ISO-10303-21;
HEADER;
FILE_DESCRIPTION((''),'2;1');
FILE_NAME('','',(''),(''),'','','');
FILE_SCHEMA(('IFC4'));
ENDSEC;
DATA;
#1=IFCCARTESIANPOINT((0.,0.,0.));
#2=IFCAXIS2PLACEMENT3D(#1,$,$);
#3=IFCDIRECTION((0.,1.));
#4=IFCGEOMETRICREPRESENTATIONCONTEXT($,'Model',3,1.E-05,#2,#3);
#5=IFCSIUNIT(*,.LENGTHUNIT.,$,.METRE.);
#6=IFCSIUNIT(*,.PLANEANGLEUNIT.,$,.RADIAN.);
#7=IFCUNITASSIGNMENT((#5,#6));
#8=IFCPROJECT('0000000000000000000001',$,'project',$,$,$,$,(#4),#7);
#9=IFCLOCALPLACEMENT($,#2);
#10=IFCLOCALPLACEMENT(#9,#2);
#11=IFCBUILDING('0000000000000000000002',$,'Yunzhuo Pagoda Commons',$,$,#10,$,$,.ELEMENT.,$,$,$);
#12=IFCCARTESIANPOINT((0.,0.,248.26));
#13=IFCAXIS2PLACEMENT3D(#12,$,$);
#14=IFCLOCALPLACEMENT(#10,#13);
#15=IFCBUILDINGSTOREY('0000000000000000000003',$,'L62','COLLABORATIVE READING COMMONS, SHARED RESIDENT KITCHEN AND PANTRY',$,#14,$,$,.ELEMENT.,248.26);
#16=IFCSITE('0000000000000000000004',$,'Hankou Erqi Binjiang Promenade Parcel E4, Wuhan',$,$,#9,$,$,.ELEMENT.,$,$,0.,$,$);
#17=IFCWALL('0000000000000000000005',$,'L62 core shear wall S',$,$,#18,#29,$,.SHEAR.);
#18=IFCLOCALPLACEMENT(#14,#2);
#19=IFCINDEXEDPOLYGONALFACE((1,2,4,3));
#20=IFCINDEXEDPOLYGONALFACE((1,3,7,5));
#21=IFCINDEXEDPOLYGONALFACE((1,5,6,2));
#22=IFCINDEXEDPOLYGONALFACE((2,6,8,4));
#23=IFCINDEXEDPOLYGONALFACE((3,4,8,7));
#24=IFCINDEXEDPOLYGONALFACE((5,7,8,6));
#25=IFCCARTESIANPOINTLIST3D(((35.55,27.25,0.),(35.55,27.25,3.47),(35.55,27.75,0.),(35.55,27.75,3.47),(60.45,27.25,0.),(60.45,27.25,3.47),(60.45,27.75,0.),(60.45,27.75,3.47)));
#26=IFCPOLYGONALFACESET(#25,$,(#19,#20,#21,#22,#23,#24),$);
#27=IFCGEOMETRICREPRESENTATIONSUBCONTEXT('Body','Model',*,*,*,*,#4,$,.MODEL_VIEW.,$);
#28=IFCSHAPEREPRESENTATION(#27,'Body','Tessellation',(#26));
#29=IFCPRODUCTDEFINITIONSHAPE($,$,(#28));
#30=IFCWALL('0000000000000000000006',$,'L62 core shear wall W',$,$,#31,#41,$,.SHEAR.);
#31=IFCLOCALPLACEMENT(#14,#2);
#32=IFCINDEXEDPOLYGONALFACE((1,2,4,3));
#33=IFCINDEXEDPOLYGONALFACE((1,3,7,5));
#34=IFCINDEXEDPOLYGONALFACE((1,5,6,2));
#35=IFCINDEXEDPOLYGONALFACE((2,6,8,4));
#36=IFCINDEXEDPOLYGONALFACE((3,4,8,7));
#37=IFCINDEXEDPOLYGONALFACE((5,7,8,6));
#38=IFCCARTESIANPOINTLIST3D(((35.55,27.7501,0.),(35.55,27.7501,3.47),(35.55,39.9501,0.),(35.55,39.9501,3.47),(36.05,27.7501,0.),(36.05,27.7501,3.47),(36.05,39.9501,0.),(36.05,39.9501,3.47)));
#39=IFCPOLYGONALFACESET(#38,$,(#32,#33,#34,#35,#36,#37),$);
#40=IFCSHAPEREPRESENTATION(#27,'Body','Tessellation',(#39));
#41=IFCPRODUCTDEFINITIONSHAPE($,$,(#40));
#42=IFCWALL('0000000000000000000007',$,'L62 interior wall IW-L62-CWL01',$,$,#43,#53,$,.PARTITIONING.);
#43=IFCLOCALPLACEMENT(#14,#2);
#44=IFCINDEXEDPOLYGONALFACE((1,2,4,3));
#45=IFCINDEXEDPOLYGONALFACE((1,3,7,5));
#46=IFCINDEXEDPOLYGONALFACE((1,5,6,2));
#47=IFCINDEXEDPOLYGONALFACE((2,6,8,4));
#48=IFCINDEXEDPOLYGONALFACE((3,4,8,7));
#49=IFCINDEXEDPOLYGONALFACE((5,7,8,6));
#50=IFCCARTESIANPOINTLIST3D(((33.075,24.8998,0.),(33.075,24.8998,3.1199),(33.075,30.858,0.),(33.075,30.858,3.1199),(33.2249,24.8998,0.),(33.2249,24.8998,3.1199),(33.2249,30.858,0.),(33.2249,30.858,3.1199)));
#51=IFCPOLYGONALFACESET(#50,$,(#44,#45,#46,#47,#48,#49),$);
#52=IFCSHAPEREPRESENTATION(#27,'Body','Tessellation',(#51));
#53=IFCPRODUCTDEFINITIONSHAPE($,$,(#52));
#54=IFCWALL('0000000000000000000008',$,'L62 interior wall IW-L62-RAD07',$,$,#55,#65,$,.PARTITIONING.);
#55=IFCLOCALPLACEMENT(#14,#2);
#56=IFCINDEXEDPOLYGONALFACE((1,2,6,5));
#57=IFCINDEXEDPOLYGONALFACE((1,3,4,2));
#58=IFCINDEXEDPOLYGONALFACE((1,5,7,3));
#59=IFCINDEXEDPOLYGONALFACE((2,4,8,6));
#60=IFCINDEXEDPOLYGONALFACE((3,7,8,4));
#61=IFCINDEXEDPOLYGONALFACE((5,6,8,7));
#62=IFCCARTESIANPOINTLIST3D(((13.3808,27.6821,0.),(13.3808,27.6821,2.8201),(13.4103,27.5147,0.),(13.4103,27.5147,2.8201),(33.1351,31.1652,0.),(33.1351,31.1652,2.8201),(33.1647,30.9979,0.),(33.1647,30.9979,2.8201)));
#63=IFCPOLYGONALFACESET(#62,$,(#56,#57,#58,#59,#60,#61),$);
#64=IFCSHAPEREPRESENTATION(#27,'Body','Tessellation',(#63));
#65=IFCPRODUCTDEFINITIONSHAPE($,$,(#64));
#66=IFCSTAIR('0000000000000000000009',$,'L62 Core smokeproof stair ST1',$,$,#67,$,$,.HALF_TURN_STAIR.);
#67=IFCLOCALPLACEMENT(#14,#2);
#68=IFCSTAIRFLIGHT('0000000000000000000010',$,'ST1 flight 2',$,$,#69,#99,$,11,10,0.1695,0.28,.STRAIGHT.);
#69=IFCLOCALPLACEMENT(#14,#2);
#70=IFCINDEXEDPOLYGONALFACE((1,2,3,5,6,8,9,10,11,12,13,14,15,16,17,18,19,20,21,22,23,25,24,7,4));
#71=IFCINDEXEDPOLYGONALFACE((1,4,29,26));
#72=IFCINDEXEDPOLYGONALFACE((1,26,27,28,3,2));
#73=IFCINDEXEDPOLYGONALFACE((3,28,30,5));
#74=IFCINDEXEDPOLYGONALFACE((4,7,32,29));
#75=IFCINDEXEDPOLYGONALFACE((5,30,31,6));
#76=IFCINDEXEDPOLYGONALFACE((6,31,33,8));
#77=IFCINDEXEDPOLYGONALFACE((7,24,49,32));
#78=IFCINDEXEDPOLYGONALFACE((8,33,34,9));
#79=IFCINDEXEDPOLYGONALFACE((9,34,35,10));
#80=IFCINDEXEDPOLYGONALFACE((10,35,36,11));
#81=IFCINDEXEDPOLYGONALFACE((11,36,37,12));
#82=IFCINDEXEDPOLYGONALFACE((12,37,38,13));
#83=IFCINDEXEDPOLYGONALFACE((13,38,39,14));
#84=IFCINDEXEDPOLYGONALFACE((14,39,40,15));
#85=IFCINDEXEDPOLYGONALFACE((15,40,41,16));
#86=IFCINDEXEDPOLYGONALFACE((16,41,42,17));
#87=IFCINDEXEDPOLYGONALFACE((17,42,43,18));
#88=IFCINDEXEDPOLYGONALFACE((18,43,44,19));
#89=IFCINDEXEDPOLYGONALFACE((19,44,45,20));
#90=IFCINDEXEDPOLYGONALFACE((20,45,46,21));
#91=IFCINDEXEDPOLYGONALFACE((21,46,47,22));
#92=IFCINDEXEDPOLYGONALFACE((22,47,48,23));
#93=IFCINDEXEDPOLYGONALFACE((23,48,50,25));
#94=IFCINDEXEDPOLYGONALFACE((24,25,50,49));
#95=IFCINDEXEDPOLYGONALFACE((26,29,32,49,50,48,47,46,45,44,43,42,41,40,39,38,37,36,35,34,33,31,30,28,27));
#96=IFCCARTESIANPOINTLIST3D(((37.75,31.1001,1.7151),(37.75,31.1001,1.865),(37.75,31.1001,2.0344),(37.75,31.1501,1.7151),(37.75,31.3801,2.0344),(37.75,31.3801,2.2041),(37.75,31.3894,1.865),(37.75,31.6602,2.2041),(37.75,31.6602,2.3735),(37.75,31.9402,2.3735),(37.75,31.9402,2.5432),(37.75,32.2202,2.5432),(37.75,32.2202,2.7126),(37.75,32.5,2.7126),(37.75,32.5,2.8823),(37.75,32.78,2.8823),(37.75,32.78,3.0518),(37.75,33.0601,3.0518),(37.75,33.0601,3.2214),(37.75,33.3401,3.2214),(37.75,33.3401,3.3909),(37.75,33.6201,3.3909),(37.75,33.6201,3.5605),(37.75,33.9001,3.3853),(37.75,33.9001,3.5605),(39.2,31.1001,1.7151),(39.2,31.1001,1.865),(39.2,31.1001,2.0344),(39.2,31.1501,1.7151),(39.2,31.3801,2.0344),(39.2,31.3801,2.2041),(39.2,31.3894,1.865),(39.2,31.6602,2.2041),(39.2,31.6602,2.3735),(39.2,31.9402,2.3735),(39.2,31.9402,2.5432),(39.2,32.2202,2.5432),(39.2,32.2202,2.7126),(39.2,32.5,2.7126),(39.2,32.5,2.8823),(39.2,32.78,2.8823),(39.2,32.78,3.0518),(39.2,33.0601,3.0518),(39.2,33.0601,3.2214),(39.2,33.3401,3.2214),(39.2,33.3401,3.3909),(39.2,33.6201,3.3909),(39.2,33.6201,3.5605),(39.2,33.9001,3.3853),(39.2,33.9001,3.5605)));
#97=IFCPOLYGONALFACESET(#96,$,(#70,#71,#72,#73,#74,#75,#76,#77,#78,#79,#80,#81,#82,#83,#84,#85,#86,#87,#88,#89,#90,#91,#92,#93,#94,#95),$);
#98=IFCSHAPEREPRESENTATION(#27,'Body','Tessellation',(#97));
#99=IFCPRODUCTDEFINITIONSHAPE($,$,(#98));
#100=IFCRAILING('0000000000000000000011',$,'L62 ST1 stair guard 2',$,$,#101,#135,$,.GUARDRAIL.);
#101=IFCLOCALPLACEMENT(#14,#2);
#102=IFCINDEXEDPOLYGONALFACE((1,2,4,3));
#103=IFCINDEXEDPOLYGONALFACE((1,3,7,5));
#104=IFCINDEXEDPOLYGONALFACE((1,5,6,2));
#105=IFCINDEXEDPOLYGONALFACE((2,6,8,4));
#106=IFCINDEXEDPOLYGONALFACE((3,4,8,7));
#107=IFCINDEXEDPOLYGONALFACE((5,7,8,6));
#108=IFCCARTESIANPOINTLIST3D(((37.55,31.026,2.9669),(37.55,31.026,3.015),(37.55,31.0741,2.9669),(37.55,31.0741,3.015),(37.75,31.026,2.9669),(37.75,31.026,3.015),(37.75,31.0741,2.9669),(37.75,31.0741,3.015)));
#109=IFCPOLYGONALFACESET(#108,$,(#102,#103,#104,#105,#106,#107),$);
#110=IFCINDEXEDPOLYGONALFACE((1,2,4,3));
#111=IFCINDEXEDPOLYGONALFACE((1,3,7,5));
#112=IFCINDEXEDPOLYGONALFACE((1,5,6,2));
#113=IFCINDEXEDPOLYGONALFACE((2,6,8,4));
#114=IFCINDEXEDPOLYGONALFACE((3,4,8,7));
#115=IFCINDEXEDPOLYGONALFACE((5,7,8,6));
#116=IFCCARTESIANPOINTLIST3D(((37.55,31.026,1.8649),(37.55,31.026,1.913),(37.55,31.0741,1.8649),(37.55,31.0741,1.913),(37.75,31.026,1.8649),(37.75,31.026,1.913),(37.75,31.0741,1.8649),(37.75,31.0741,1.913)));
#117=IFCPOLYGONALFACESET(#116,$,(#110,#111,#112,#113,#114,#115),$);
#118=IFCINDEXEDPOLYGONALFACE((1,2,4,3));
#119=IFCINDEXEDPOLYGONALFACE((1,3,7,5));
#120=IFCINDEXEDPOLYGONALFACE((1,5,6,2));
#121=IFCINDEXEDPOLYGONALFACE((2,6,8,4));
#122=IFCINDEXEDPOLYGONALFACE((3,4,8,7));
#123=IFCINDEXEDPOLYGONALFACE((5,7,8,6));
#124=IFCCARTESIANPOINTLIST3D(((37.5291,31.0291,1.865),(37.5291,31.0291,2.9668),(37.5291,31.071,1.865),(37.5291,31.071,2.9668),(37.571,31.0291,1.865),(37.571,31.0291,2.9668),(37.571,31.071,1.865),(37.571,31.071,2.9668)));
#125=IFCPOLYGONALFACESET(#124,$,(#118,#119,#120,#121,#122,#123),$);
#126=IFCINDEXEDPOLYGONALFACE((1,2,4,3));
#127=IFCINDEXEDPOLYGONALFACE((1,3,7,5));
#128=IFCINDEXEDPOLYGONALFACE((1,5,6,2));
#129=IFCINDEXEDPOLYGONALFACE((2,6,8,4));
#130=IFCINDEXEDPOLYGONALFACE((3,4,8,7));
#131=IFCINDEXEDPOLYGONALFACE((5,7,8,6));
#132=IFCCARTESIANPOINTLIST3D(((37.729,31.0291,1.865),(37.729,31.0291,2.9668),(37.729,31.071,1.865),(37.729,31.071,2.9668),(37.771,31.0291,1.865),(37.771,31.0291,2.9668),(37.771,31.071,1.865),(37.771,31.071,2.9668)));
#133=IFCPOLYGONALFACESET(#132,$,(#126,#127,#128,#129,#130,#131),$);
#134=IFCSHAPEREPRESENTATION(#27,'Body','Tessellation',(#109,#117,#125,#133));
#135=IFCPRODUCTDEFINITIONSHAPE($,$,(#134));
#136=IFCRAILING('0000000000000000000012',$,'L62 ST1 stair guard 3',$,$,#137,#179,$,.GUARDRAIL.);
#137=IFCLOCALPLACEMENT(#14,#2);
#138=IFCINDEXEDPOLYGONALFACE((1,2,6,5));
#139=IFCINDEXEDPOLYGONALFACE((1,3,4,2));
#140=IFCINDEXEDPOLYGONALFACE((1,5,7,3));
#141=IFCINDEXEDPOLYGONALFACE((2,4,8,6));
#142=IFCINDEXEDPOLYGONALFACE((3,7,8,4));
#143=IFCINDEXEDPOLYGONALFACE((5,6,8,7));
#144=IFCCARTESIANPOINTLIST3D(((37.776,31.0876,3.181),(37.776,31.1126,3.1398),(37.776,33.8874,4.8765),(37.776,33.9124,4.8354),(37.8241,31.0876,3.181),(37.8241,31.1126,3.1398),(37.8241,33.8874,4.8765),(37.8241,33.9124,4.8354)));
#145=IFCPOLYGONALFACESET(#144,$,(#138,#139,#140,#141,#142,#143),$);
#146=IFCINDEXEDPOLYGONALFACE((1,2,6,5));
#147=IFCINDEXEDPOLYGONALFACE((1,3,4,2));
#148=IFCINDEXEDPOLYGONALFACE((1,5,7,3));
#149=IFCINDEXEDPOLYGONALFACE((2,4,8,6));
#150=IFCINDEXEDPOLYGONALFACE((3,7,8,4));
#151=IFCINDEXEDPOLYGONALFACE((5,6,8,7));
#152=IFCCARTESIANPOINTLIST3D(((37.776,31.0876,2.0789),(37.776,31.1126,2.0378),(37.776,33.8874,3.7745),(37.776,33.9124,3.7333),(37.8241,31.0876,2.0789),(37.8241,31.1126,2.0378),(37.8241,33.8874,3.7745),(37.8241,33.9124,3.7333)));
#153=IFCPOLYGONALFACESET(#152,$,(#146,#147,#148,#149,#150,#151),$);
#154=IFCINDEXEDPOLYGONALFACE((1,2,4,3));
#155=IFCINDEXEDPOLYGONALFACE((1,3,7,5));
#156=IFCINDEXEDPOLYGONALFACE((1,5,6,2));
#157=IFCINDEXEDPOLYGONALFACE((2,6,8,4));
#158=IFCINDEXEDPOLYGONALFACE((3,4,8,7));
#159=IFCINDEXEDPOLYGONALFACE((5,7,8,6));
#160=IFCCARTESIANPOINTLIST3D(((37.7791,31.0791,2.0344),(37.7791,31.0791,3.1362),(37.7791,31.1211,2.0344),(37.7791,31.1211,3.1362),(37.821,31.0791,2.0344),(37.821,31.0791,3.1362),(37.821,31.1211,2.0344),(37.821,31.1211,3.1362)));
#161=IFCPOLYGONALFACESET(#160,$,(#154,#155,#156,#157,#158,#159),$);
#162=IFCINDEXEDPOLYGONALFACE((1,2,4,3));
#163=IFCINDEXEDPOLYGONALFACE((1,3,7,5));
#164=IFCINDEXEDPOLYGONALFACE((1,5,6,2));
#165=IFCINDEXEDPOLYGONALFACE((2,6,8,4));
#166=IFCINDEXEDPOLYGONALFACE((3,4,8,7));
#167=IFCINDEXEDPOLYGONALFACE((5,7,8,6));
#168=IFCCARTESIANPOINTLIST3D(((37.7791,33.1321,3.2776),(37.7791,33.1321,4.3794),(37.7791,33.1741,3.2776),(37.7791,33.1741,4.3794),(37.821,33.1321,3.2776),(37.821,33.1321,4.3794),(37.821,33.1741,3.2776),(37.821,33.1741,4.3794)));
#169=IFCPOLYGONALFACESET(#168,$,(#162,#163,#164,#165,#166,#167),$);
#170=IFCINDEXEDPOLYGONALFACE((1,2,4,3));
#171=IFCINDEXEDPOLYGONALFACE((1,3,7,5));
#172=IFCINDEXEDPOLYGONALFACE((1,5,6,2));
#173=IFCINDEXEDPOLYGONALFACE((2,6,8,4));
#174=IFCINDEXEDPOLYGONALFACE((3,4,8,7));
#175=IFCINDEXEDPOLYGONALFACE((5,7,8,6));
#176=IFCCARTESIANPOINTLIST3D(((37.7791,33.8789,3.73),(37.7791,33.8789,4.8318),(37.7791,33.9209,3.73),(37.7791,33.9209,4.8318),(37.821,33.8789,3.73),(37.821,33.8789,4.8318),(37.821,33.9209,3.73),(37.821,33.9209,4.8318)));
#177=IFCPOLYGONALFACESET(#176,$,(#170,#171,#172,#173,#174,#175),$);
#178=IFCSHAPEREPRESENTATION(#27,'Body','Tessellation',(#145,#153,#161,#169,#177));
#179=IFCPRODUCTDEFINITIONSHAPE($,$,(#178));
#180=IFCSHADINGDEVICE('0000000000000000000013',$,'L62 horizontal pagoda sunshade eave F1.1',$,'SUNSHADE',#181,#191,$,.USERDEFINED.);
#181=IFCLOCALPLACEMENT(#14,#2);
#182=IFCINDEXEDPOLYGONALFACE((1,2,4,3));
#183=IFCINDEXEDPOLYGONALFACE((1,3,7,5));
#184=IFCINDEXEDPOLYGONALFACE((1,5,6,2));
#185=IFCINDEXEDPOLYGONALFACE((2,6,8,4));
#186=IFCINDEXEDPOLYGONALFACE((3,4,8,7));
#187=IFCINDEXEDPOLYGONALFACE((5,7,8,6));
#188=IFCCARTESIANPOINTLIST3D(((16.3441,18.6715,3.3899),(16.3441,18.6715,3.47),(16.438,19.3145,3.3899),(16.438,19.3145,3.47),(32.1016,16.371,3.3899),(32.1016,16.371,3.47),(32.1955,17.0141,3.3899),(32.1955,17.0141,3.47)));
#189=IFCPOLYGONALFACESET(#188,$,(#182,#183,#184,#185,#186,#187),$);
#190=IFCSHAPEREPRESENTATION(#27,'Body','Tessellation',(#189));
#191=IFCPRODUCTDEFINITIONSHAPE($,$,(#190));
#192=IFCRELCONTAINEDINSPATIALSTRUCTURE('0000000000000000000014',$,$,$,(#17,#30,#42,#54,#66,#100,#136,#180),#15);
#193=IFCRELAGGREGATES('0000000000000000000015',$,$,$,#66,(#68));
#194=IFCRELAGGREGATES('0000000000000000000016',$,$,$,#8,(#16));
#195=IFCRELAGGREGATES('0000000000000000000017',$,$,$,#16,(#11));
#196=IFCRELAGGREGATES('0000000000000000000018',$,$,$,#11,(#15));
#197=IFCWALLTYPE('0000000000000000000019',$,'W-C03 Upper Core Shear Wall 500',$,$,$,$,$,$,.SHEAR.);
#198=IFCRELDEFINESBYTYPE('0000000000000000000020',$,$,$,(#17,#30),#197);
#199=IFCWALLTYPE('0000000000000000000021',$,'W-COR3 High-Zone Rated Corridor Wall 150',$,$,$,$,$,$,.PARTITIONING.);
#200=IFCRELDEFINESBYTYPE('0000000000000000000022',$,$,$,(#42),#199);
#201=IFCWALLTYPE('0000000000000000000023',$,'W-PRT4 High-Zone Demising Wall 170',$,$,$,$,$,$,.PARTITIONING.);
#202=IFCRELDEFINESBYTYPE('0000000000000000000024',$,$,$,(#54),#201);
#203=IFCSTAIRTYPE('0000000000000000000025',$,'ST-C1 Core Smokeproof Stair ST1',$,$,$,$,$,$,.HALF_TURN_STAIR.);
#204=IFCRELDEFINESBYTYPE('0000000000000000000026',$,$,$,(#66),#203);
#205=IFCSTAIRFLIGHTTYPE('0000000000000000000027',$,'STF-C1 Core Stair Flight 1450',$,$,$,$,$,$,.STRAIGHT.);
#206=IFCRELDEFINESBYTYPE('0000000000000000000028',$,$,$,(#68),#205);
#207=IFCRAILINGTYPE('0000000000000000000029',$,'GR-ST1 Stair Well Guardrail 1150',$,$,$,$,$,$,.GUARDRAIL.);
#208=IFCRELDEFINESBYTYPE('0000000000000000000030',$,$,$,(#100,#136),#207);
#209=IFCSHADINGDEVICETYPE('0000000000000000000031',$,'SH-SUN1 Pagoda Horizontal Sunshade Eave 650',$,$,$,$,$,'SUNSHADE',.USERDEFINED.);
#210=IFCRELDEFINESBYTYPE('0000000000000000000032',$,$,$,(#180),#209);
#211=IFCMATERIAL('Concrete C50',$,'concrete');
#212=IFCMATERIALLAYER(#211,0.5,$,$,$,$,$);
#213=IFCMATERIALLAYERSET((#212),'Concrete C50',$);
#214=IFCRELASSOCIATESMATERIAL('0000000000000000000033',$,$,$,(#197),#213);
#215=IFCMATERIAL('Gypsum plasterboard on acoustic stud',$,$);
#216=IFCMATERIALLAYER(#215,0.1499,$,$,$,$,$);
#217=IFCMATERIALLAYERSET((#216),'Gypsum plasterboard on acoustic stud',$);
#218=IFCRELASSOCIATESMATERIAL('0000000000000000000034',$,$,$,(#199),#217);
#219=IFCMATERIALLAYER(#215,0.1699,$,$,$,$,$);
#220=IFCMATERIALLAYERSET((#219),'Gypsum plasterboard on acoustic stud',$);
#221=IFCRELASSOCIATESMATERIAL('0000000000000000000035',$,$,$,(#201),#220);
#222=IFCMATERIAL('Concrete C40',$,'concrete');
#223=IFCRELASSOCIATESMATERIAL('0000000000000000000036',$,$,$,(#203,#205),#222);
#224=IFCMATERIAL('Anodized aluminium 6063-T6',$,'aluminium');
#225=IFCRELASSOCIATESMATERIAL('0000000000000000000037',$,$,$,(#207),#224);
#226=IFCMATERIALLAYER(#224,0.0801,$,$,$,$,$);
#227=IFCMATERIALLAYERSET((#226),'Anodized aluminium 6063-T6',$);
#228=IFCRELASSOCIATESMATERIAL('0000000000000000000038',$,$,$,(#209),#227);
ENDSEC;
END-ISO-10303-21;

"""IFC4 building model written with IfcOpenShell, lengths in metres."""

from ifc_helpers import new_model, si_unit, direction, frame, frame_2d, origin, origin_2d, place, context, subcontext, project, spatial, polyline, rectangle, outline, extrude, source, transform, mapped, material, layer, layer_set, type_object, element, aggregate, save


model = new_model("IFC4")

# Units and contexts
model_context = context("Model", 3, precision=1e-05, world=origin(), true_north=direction((0.0, 1.0)))
body_context = subcontext(model_context, "Body", "Model", "MODEL_VIEW")
ifc_project = project(units=[si_unit("LENGTHUNIT", "METRE"), si_unit("PLANEANGLEUNIT", "RADIAN")], contexts=[model_context])

# Site, building, storey
site_placement = place(None, origin())
site = spatial("IfcSite", under=ifc_project, at=site_placement, Name="Hankou Erqi Binjiang Promenade Parcel E4, Wuhan", CompositionType="ELEMENT", RefElevation=0.0)
building_placement = place(site_placement, origin())
building = spatial("IfcBuilding", under=site, at=building_placement, Name="Yunzhuo Pagoda Commons", CompositionType="ELEMENT")
storey_placement = place(building_placement, frame((0.0, 0.0, 248.26)))
storey = spatial("IfcBuildingStorey", under=building, at=storey_placement, Name="L62", Description="COLLABORATIVE READING COMMONS, SHARED RESIDENT KITCHEN AND PANTRY", CompositionType="ELEMENT", Elevation=248.26)

# Shared definitions
ifc_material_1 = material(Name="Anodized aluminium 6063-T6", Category="aluminium")

# Walls
ifc_material_2 = material(Name="Concrete C50", Category="concrete")
ifc_layer_1 = layer(ifc_material_2, 0.5)
ifc_layer_set_1 = layer_set([ifc_layer_1], Name="Concrete C50")
wall_type_1 = type_object("IfcWallType", Name="W-C03 Upper Core Shear Wall 500", PredefinedType="SHEAR", material=ifc_layer_set_1)
wall_1_placement = place(storey_placement, frame((35.55, 27.5, 0.0), z_axis=(0.0, 0.0, 1.0), x_axis=(1.0, 0.0, 0.0)))
element("IfcWall", 1, at=wall_1_placement, inside=storey, type_object=wall_type_1, Name="L62 core shear wall S", PredefinedType="SHEAR", context=body_context, shape_type="SweptSolid", body=[
    extrude(rectangle(XDim=24.8999, YDim=0.5, at=frame_2d((12.45, 0.0))), origin(), (0.0, 0.0, 1.0), 3.47),
])
wall_2_placement = place(storey_placement, frame((35.8, 27.75, 0.0), z_axis=(0.0, 0.0, 1.0), x_axis=(0.0, 1.0, 0.0)))
element("IfcWall", 2, at=wall_2_placement, inside=storey, type_object=wall_type_1, Name="L62 core shear wall W", PredefinedType="SHEAR", context=body_context, shape_type="SweptSolid", body=[
    extrude(rectangle(XDim=12.2, YDim=0.5, at=frame_2d((6.1001, 0.0))), origin(), (0.0, 0.0, 1.0), 3.47),
])
ifc_material_3 = material(Name="Gypsum plasterboard on acoustic stud")
ifc_layer_2 = layer(ifc_material_3, 0.1499)
ifc_layer_set_2 = layer_set([ifc_layer_2], Name="Gypsum plasterboard on acoustic stud")
wall_type_2 = type_object("IfcWallType", Name="W-COR3 High-Zone Rated Corridor Wall 150", PredefinedType="PARTITIONING", material=ifc_layer_set_2)
wall_3_placement = place(storey_placement, frame((33.1499, 24.8999, 0.0), z_axis=(0.0, 0.0, 1.0), x_axis=(0.0, 1.0, 0.0)))
element("IfcWall", 3, at=wall_3_placement, inside=storey, type_object=wall_type_2, Name="L62 interior wall IW-L62-CWL01", PredefinedType="PARTITIONING", context=body_context, shape_type="SweptSolid", body=[
    extrude(rectangle(XDim=5.9583, YDim=0.1499, at=frame_2d((2.979, 0.0))), origin(), (0.0, 0.0, 1.0), 3.1199),
])
ifc_layer_3 = layer(ifc_material_3, 0.1699)
ifc_layer_set_3 = layer_set([ifc_layer_3], Name="Gypsum plasterboard on acoustic stud")
wall_type_3 = type_object("IfcWallType", Name="W-PRT4 High-Zone Demising Wall 170", PredefinedType="PARTITIONING", material=ifc_layer_set_3)
wall_4_placement = place(storey_placement, frame((33.1499, 31.0815, 0.0), z_axis=(0.0, 0.0, 1.0), x_axis=(-0.984808, -0.173644, 0.0)))
element("IfcWall", 4, at=wall_4_placement, inside=storey, type_object=wall_type_3, Name="L62 interior wall IW-L62-RAD07", PredefinedType="PARTITIONING", context=body_context, shape_type="SweptSolid", body=[
    extrude(rectangle(XDim=20.0591, YDim=0.1699, at=frame_2d((10.0295, 0.0))), origin(), (0.0, 0.0, 1.0), 2.8201),
])

# Stair, stair flight
ifc_material_4 = material(Name="Concrete C40", Category="concrete")
stair_type = type_object("IfcStairType", Name="ST-C1 Core Smokeproof Stair ST1", PredefinedType="HALF_TURN_STAIR", material=ifc_material_4)
stair_placement = place(storey_placement, origin())
stair = element("IfcStair", 5, at=stair_placement, inside=storey, type_object=stair_type, Name="L62 Core smokeproof stair ST1", PredefinedType="HALF_TURN_STAIR")
stair_flight_type = type_object("IfcStairFlightType", Name="STF-C1 Core Stair Flight 1450", PredefinedType="STRAIGHT", material=ifc_material_4)
shared_shape_1 = source(origin(), body_context, "Body", "SweptSolid", [
    extrude(outline(polyline([(0.0, -0.1499), (0.0, 0.0), (0.0, 0.1694), (0.28, 0.1694), (0.28, 0.3391), (0.5601, 0.3391), (0.5601, 0.5085), (0.8401, 0.5085), (0.8401, 0.6782), (1.1201, 0.6782), (1.1201, 0.8477), (1.3999, 0.8477), (1.3999, 1.0173), (1.6799, 1.0173), (1.6799, 1.1868), (1.96, 1.1868), (1.96, 1.3564), (2.24, 1.3564), (2.24, 1.5259), (2.52, 1.5259), (2.52, 1.6956), (2.8, 1.6956), (2.8, 1.865), (2.8, 1.5203), (0.2893, 0.0), (0.05, -0.1499), (0.0, -0.1499)])), frame((0.0, 0.7251, 0.0), z_axis=(0.0, -1.0, 0.0), x_axis=(1.0, 0.0, 0.0)), (0.0, 0.0, 1.0), 1.45),
])
stair_flight_placement = place(storey_placement, frame((38.4751, 31.1001, 1.865), z_axis=(0.0, 0.0, 1.0), x_axis=(0.0, 1.0, 0.0)))
stair_flight = element("IfcStairFlight", 6, at=stair_flight_placement, type_object=stair_flight_type, Name="ST1 flight 2", NumberOfRisers=11, NumberOfTreads=10, PredefinedType="STRAIGHT", RiserHeight=0.1695, TreadLength=0.28, context=body_context, shape_type="MappedRepresentation", body=[
    mapped(shared_shape_1, transform((0.0, 0.0, 0.0), scale=1.0)),
])
aggregate(stair, [stair_flight])

# Railings
railing_type = type_object("IfcRailingType", Name="GR-ST1 Stair Well Guardrail 1150", PredefinedType="GUARDRAIL", material=ifc_material_1)
railing_1_placement = place(storey_placement, frame((37.55, 31.05, 1.865)))
element("IfcRailing", 7, at=railing_1_placement, inside=storey, type_object=railing_type, Name="L62 ST1 stair guard 2", PredefinedType="GUARDRAIL", context=body_context, shape_type="SweptSolid", body=[
    extrude(rectangle(XDim=0.0481, YDim=0.0481, at=origin_2d()), frame((0.0, 0.0, 1.126), z_axis=(1.0, 0.0, 0.0), x_axis=(0.0, 1.0, 0.0)), (0.0, 0.0, 1.0), 0.2),
    extrude(rectangle(XDim=0.0481, YDim=0.0481, at=origin_2d()), frame((0.0, 0.0, 0.0239), z_axis=(1.0, 0.0, 0.0), x_axis=(0.0, 1.0, 0.0)), (0.0, 0.0, 1.0), 0.2),
    extrude(rectangle(XDim=0.042, YDim=0.042, at=origin_2d()), origin(), (0.0, 0.0, 1.0), 1.1018),
    extrude(rectangle(XDim=0.042, YDim=0.042, at=origin_2d()), frame((0.2, 0.0, 0.0)), (0.0, 0.0, 1.0), 1.1018),
])
railing_2_placement = place(storey_placement, frame((37.8, 31.1001, 2.0344)))
element("IfcRailing", 8, at=railing_2_placement, inside=storey, type_object=railing_type, Name="L62 ST1 stair guard 3", PredefinedType="GUARDRAIL", context=body_context, shape_type="SweptSolid", body=[
    extrude(rectangle(XDim=0.0481, YDim=0.0481, at=origin_2d()), frame((0.0, 0.0, 1.126), z_axis=(0.0, 0.855373, 0.518012), x_axis=(-1.0, 0.0, 0.0)), (0.0, 0.0, 1.0), 3.2732),
    extrude(rectangle(XDim=0.0481, YDim=0.0481, at=origin_2d()), frame((0.0, 0.0, 0.0239), z_axis=(0.0, 0.855373, 0.518012), x_axis=(-1.0, 0.0, 0.0)), (0.0, 0.0, 1.0), 3.2732),
    extrude(rectangle(XDim=0.042, YDim=0.042, at=origin_2d()), origin(), (0.0, 0.0, 1.0), 1.1018),
    extrude(rectangle(XDim=0.042, YDim=0.042, at=origin_2d()), frame((0.0, 2.053, 1.2432)), (0.0, 0.0, 1.0), 1.1018),
    extrude(rectangle(XDim=0.042, YDim=0.042, at=origin_2d()), frame((0.0, 2.7998, 1.6956)), (0.0, 0.0, 1.0), 1.1018),
])

# Shading device
ifc_layer_4 = layer(ifc_material_1, 0.0801)
ifc_layer_set_4 = layer_set([ifc_layer_4], Name="Anodized aluminium 6063-T6")
shading_device_type = type_object("IfcShadingDeviceType", Name="SH-SUN1 Pagoda Horizontal Sunshade Eave 650", ElementType="SUNSHADE", PredefinedType="USERDEFINED", material=ifc_layer_set_4)
shared_shape_2 = source(origin(), body_context, "Body", "SweptSolid", [
    extrude(rectangle(XDim=15.9246, YDim=0.6499, at=origin_2d()), origin(), (0.0, 0.0, 1.0), 0.0801),
])
shading_device_placement = place(storey_placement, frame((24.2698, 17.8428, 3.3899), z_axis=(0.0, 0.0, 1.0), x_axis=(0.989511, -0.14446, 0.0)))
element("IfcShadingDevice", 9, at=shading_device_placement, inside=storey, type_object=shading_device_type, Name="L62 horizontal pagoda sunshade eave F1.1", ObjectType="SUNSHADE", PredefinedType="USERDEFINED", context=body_context, shape_type="MappedRepresentation", body=[
    mapped(shared_shape_2, transform((0.0, 0.0, 0.0), scale=1.0)),
])

save(model, "model.ifc")
